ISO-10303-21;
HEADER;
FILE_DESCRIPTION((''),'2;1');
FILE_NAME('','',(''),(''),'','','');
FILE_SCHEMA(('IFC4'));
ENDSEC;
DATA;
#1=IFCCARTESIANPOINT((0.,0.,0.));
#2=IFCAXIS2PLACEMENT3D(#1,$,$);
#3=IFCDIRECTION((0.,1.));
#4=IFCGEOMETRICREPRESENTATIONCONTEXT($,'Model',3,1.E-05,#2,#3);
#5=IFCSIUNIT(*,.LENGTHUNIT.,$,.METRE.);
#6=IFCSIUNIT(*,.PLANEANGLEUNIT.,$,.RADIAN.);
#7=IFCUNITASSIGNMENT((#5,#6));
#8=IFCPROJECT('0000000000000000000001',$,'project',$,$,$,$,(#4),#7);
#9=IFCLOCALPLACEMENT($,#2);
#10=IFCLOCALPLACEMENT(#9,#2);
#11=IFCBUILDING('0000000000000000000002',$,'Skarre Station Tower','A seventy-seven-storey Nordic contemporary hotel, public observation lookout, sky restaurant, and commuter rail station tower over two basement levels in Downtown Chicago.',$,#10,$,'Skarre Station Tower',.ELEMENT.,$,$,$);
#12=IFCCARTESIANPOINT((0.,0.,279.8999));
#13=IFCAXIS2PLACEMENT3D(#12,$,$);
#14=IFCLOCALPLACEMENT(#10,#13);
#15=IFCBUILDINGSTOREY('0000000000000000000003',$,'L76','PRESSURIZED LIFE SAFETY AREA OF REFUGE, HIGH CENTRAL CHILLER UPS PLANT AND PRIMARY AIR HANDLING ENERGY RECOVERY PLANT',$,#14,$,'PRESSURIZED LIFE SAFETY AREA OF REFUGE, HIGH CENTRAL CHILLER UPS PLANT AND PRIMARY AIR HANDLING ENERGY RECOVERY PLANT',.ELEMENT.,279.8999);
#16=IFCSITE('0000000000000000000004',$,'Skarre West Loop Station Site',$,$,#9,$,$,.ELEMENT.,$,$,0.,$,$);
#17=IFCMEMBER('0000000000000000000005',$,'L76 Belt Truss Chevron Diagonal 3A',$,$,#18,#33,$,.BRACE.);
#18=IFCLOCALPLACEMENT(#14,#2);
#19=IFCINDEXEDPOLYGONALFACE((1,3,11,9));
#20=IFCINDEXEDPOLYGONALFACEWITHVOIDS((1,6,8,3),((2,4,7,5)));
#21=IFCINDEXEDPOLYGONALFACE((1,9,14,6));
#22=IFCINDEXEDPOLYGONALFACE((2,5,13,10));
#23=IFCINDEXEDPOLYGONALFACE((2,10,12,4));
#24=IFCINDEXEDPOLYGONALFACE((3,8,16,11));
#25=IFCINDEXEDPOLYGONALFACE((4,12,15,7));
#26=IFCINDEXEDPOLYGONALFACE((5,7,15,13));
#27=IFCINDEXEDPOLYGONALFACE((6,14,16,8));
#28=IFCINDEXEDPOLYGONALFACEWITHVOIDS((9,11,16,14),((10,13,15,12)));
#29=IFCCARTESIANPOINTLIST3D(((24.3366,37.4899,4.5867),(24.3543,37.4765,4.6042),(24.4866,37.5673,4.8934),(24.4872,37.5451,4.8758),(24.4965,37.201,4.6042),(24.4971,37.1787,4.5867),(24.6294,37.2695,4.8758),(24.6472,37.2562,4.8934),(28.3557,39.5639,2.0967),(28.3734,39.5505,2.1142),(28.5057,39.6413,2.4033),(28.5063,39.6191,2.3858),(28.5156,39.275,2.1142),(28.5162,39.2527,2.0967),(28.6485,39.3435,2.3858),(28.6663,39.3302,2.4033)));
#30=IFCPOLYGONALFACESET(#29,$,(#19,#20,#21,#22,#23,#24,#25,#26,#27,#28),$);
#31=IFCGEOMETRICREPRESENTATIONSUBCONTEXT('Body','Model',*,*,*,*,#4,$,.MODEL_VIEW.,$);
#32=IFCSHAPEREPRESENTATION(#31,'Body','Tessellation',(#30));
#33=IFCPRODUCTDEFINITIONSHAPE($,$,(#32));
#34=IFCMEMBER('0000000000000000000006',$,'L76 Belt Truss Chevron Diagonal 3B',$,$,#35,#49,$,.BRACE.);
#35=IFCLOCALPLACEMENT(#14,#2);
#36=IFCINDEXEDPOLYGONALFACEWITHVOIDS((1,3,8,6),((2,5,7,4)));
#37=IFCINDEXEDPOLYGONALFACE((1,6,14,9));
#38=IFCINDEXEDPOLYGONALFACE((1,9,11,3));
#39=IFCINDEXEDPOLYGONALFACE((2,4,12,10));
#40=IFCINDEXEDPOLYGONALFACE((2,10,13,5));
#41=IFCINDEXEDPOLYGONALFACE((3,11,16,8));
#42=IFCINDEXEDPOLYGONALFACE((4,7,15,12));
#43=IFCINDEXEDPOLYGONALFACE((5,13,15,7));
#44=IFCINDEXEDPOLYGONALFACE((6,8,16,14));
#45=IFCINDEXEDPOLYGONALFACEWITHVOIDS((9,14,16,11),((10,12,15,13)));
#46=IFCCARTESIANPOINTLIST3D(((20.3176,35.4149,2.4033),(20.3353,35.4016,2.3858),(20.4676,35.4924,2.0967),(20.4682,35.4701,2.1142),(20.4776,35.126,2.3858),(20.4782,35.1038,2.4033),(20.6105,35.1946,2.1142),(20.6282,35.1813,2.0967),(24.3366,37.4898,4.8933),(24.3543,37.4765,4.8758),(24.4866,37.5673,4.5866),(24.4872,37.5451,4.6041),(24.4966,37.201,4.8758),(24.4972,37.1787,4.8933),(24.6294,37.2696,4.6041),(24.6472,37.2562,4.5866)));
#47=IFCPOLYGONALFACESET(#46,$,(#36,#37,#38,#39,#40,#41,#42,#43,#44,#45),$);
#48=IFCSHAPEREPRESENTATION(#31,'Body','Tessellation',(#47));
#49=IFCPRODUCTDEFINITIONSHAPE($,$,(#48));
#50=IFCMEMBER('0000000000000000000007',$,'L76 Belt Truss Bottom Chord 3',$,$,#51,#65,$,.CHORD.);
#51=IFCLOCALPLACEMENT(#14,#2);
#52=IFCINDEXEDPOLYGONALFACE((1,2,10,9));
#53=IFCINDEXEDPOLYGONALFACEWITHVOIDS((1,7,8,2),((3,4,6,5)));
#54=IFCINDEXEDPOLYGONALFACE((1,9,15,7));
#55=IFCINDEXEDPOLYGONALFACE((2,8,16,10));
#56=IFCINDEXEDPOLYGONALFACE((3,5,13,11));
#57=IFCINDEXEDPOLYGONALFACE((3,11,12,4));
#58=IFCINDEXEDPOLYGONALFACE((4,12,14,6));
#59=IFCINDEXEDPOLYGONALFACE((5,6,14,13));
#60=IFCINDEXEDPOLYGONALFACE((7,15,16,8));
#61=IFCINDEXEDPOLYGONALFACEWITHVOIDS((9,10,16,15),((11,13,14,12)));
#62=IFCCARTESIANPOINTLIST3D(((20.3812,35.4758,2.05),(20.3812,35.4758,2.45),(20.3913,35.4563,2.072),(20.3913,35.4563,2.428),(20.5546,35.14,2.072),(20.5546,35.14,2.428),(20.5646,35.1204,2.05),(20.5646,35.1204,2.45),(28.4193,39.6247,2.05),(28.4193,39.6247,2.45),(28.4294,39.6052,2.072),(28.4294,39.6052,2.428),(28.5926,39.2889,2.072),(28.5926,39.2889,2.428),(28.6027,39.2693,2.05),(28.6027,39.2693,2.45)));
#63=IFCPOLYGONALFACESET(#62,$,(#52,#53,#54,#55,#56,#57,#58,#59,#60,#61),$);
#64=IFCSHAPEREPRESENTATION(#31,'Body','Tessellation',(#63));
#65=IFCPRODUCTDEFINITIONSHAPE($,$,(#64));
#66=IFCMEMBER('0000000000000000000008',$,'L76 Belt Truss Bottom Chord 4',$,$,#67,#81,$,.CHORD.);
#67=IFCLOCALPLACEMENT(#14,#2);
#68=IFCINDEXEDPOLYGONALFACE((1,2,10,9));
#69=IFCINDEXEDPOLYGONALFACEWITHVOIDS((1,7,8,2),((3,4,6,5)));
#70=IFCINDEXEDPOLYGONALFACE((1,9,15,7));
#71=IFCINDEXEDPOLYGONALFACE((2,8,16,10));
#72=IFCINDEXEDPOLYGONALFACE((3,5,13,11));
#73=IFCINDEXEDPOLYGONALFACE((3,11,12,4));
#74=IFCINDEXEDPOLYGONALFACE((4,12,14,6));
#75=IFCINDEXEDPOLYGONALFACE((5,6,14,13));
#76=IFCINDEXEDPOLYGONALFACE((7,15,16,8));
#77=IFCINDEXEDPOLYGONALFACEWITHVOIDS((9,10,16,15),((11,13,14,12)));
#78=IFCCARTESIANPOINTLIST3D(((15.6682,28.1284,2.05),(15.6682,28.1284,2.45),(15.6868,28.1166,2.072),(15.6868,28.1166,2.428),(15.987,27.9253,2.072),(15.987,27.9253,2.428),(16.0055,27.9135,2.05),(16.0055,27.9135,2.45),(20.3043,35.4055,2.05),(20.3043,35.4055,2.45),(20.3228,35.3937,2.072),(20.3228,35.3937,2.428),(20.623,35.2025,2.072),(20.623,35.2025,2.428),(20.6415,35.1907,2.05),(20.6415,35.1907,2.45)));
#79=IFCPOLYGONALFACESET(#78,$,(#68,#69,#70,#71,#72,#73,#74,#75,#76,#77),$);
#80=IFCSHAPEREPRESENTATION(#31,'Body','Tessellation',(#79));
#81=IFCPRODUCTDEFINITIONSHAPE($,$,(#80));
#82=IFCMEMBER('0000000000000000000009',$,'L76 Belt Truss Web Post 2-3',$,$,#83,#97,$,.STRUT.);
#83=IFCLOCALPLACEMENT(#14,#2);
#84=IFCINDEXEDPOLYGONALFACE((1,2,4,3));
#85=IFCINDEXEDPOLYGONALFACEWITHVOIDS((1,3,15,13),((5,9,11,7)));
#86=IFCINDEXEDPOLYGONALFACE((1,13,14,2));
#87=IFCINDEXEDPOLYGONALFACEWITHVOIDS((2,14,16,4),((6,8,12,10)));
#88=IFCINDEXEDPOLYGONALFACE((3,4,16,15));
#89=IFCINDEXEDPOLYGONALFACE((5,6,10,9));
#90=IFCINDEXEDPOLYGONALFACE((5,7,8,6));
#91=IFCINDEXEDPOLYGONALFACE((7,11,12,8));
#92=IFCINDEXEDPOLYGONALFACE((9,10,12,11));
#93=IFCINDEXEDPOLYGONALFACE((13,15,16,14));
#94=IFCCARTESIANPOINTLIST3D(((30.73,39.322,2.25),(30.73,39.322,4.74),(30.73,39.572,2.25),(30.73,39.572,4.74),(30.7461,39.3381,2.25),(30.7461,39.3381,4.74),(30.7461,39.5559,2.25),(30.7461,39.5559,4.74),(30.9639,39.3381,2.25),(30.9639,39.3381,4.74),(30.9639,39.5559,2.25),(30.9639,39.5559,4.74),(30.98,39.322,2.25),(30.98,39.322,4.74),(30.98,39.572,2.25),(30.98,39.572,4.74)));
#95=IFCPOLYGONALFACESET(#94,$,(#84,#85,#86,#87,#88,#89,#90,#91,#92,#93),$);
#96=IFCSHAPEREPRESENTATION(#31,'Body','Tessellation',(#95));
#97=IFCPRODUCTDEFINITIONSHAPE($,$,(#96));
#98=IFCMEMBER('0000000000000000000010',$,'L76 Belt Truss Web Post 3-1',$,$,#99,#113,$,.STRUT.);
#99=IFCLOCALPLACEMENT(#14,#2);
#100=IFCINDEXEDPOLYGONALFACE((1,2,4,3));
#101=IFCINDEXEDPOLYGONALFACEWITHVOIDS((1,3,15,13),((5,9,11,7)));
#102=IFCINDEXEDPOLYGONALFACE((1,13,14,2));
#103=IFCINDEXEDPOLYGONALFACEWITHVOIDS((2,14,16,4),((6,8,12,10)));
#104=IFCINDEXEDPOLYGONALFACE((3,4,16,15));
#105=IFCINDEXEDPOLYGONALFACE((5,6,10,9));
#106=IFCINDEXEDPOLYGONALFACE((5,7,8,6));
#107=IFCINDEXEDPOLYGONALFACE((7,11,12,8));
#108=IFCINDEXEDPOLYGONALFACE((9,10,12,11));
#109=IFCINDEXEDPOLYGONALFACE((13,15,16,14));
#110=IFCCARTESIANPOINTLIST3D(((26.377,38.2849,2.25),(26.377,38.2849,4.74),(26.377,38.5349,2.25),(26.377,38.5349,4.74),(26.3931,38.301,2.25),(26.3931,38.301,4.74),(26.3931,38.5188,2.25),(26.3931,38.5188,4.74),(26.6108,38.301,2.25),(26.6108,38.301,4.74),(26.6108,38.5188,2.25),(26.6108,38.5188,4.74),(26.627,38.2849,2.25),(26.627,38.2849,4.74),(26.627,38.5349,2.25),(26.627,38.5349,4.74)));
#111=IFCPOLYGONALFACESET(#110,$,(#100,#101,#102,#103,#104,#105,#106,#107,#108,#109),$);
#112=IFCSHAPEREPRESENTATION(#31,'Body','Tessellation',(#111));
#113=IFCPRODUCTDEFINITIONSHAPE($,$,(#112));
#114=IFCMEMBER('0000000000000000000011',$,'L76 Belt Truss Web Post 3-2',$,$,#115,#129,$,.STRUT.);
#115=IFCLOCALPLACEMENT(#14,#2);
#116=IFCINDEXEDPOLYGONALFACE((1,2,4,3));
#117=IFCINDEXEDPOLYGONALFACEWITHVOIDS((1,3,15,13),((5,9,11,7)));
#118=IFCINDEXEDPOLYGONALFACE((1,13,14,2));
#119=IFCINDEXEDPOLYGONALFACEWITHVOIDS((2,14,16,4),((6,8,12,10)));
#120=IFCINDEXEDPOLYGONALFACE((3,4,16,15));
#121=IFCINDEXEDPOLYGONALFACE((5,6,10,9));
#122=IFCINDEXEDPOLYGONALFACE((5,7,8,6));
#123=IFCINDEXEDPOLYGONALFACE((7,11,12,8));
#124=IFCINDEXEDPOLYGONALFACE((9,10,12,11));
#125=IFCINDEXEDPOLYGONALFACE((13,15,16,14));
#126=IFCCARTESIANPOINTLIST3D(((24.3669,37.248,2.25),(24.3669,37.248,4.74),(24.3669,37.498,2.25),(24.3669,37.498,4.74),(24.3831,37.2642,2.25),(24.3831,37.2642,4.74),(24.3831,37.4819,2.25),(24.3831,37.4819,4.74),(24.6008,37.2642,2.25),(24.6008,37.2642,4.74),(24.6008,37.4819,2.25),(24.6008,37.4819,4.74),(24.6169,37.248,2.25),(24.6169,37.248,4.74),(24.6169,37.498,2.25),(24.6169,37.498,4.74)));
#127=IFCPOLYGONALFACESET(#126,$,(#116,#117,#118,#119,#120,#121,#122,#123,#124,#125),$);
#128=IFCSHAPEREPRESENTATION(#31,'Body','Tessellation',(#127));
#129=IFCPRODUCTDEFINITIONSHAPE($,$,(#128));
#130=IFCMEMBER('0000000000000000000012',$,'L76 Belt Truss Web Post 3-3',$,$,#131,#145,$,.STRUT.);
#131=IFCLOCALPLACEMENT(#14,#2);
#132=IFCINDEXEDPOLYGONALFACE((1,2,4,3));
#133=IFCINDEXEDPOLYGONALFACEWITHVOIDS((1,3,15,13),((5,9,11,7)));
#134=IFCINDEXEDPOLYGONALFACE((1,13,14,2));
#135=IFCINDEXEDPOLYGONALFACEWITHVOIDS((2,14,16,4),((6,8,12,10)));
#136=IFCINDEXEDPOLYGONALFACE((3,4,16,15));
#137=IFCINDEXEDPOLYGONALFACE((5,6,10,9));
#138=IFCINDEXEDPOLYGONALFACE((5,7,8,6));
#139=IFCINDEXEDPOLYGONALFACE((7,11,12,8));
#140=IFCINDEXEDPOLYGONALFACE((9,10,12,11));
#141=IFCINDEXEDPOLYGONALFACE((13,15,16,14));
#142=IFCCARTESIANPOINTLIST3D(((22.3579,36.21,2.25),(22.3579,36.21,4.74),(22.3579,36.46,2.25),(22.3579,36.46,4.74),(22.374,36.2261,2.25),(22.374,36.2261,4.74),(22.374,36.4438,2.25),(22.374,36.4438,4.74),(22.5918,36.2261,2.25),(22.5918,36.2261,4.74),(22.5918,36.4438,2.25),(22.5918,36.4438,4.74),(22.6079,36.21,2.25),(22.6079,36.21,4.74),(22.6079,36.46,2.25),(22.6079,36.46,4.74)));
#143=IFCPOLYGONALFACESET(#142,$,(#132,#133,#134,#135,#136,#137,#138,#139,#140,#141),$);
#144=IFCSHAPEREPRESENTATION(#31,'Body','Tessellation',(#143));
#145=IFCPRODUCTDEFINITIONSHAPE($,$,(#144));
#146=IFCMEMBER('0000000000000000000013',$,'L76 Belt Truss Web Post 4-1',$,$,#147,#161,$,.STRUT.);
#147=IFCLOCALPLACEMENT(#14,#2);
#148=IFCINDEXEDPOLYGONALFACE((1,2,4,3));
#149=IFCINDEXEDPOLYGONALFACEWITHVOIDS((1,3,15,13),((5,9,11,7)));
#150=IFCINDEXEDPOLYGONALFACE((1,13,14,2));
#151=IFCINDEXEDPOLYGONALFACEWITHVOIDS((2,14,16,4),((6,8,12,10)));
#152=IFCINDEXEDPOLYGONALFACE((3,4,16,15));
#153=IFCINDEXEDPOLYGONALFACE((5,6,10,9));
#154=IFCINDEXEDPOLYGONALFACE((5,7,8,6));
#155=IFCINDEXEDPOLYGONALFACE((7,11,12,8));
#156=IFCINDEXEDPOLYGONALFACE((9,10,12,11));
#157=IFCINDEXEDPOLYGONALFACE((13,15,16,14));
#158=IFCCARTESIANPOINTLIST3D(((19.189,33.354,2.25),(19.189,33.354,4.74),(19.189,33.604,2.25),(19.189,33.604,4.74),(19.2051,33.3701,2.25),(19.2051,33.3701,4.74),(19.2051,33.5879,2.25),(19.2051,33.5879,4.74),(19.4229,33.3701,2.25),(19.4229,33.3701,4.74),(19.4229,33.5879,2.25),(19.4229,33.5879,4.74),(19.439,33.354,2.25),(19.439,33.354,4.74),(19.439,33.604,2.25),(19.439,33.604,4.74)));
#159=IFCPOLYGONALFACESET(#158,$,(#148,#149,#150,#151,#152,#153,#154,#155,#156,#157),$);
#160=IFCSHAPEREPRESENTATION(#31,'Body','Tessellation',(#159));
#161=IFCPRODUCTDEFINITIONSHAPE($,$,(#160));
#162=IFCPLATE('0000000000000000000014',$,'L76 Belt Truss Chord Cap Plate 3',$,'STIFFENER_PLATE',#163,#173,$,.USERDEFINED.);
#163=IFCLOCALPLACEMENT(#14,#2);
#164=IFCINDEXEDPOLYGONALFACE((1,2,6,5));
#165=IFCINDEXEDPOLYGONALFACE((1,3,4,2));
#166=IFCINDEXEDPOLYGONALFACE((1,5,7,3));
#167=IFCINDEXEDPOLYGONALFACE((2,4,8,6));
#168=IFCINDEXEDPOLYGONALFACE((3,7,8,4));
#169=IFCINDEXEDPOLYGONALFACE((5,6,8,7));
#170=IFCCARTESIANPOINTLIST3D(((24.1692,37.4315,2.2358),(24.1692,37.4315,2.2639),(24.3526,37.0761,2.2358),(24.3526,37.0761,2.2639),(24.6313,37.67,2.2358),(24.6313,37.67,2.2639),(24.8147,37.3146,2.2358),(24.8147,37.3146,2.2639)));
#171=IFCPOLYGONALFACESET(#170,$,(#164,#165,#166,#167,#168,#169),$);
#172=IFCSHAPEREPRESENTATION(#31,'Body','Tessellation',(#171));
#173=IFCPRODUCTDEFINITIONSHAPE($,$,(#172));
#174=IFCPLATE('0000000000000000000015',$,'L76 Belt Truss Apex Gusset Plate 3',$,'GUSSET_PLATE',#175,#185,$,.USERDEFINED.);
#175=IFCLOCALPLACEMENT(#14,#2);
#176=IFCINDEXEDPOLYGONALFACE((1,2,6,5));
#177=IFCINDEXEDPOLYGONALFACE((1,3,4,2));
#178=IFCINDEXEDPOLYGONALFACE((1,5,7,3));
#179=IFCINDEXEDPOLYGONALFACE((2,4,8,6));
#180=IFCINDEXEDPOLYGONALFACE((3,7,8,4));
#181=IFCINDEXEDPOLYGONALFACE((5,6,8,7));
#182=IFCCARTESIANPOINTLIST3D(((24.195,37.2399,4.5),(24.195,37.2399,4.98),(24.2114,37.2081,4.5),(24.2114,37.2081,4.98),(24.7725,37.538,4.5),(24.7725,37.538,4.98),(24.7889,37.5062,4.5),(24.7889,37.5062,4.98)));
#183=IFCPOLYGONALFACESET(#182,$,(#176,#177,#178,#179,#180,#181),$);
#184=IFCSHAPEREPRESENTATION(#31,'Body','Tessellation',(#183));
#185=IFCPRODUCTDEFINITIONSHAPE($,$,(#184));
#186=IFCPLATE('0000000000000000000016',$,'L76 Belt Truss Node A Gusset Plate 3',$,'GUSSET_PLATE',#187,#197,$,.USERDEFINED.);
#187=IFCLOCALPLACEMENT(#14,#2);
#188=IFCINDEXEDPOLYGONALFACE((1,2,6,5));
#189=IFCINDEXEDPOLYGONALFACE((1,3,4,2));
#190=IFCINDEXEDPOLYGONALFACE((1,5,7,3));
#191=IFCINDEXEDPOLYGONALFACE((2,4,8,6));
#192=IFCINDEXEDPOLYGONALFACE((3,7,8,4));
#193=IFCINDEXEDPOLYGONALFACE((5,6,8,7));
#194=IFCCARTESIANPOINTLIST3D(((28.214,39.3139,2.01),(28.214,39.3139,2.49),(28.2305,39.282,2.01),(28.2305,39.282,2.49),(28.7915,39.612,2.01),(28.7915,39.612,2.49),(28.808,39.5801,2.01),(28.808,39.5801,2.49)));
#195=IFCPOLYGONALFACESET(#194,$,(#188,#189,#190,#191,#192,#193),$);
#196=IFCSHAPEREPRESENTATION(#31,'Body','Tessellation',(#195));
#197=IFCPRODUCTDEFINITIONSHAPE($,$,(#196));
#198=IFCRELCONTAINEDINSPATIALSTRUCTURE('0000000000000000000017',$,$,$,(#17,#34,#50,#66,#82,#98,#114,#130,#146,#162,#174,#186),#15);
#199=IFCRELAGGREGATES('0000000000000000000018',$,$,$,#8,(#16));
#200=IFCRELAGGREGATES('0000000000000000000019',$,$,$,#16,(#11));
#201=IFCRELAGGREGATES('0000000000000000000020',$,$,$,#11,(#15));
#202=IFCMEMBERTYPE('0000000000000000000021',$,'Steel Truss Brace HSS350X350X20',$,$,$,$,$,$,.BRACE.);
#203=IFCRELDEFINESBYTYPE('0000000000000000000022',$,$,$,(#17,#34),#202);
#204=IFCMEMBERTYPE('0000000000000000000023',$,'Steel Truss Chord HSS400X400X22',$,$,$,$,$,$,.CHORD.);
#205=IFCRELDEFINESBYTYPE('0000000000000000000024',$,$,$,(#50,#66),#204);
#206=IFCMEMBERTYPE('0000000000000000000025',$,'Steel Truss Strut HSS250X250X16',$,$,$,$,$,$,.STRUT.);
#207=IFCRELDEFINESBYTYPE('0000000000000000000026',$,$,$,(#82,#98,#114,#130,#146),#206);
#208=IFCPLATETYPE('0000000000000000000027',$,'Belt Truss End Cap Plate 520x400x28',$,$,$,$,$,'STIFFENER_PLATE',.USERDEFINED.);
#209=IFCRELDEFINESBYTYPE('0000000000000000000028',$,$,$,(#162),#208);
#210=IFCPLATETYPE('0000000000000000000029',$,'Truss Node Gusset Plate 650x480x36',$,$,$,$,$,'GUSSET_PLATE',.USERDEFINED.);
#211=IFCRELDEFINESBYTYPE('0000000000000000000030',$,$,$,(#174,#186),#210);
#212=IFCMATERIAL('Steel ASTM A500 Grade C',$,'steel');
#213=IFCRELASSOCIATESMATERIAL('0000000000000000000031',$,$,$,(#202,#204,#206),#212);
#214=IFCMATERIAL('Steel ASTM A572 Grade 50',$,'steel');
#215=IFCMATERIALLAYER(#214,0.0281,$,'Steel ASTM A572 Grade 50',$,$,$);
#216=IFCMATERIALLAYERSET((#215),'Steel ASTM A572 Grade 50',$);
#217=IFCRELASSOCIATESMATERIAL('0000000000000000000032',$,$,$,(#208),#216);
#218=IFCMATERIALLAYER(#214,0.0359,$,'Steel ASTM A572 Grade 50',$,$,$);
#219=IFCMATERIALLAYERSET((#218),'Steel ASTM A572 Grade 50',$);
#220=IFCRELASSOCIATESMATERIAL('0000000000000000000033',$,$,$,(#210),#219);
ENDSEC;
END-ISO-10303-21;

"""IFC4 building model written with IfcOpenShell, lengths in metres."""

from ifc_helpers import new_model, si_unit, direction, frame, origin, origin_2d, place, context, subcontext, project, spatial, rectangle, hollow_rectangle, extrude, material, layer, layer_set, material_profile, profile_set, type_object, element, save


model = new_model("IFC4")

# Units and contexts
model_context = context("Model", 3, precision=1e-05, world=origin(), true_north=direction((0.0, 1.0)))
body_context = subcontext(model_context, "Body", "Model", "MODEL_VIEW")
ifc_project = project(units=[si_unit("LENGTHUNIT", "METRE"), si_unit("PLANEANGLEUNIT", "RADIAN")], contexts=[model_context])

# Site, building, storey
site_placement = place(None, origin())
site = spatial("IfcSite", under=ifc_project, at=site_placement, Name="Skarre West Loop Station Site", CompositionType="ELEMENT", RefElevation=0.0)
building_placement = place(site_placement, origin())
building = spatial("IfcBuilding", under=site, at=building_placement, Name="Skarre Station Tower", Description="A seventy-seven-storey Nordic contemporary hotel, public observation lookout, sky restaurant, and commuter rail station tower over two basement levels in Downtown Chicago.", LongName="Skarre Station Tower", CompositionType="ELEMENT")
storey_placement = place(building_placement, frame((0.0, 0.0, 279.8999)))
storey = spatial("IfcBuildingStorey", under=building, at=storey_placement, Name="L76", Description="PRESSURIZED LIFE SAFETY AREA OF REFUGE, HIGH CENTRAL CHILLER UPS PLANT AND PRIMARY AIR HANDLING ENERGY RECOVERY PLANT", LongName="PRESSURIZED LIFE SAFETY AREA OF REFUGE, HIGH CENTRAL CHILLER UPS PLANT AND PRIMARY AIR HANDLING ENERGY RECOVERY PLANT", CompositionType="ELEMENT", Elevation=279.8999)

# Members
ifc_material_1 = material(Name="Steel ASTM A500 Grade C", Category="steel")
ifc_material_profile_1 = material_profile(ifc_material_1, hollow_rectangle(XDim=0.3501, YDim=0.3501, WallThickness=0.02, at=origin_2d()), Name="Steel ASTM A500 Grade C")
ifc_profile_set_1 = profile_set([ifc_material_profile_1], Name="Steel ASTM A500 Grade C")
member_type_1 = type_object("IfcMemberType", Name="Steel Truss Brace HSS350X350X20", PredefinedType="BRACE", material=ifc_profile_set_1)
member_1_placement = place(storey_placement, frame((28.511, 39.447, 2.25), z_axis=(-0.778467, -0.401718, 0.482298), x_axis=(0.458578, -0.888654, 0.0)))
element("IfcMember", 1, at=member_1_placement, inside=storey, type_object=member_type_1, Name="L76 Belt Truss Chevron Diagonal 3A", PredefinedType="BRACE", context=body_context, shape_type="SweptSolid", body=[
    extrude(hollow_rectangle(XDim=0.3501, YDim=0.3501, WallThickness=0.02, at=origin_2d()), origin(), (0.0, 0.0, 1.0), 5.1628),
])
member_2_placement = place(storey_placement, frame((20.4729, 35.2981, 2.25), z_axis=(0.778408, 0.401877, 0.482261), x_axis=(-0.458749, 0.888566, 0.0)))
element("IfcMember", 2, at=member_2_placement, inside=storey, type_object=member_type_1, Name="L76 Belt Truss Chevron Diagonal 3B", PredefinedType="BRACE", context=body_context, shape_type="SweptSolid", body=[
    extrude(hollow_rectangle(XDim=0.3501, YDim=0.3501, WallThickness=0.02, at=origin_2d()), origin(), (0.0, 0.0, 1.0), 5.1631),
])
ifc_material_profile_2 = material_profile(ifc_material_1, hollow_rectangle(XDim=0.3999, YDim=0.3999, WallThickness=0.022, at=origin_2d()), Name="Steel ASTM A500 Grade C")
ifc_profile_set_2 = profile_set([ifc_material_profile_2], Name="Steel ASTM A500 Grade C")
member_type_2 = type_object("IfcMemberType", Name="Steel Truss Chord HSS400X400X22", PredefinedType="CHORD", material=ifc_profile_set_2)
member_3_placement = place(storey_placement, frame((28.511, 39.447, 2.25), z_axis=(-0.88861, -0.458664, 0.0), x_axis=(0.458664, -0.88861, 0.0)))
element("IfcMember", 3, at=member_3_placement, inside=storey, type_object=member_type_2, Name="L76 Belt Truss Bottom Chord 3", PredefinedType="CHORD", context=body_context, shape_type="SweptSolid", body=[
    extrude(hollow_rectangle(XDim=0.3999, YDim=0.3999, WallThickness=0.022, at=origin_2d()), origin(), (0.0, 0.0, 1.0), 9.0457),
])
member_4_placement = place(storey_placement, frame((20.4729, 35.2981, 2.25), z_axis=(-0.537297, -0.843393, 0.0), x_axis=(0.843393, -0.537297, 0.0)))
element("IfcMember", 4, at=member_4_placement, inside=storey, type_object=member_type_2, Name="L76 Belt Truss Bottom Chord 4", PredefinedType="CHORD", context=body_context, shape_type="SweptSolid", body=[
    extrude(hollow_rectangle(XDim=0.3999, YDim=0.3999, WallThickness=0.022, at=origin_2d()), origin(), (0.0, 0.0, 1.0), 8.6284),
])
ifc_material_profile_3 = material_profile(ifc_material_1, hollow_rectangle(XDim=0.25, YDim=0.25, WallThickness=0.0161, at=origin_2d()), Name="Steel ASTM A500 Grade C")
ifc_profile_set_3 = profile_set([ifc_material_profile_3], Name="Steel ASTM A500 Grade C")
member_type_3 = type_object("IfcMemberType", Name="Steel Truss Strut HSS250X250X16", PredefinedType="STRUT", material=ifc_profile_set_3)
for number, where, z_axis, x_axis, name in (
    (5, (30.855, 39.447, 2.25), (0.0, 0.0, 1.0), (1.0, 0.0, 0.0), "L76 Belt Truss Web Post 2-3"),
    (6, (26.502, 38.4099, 2.25), (0.0, 0.0, 1.0), (1.0, 0.0, 0.0), "L76 Belt Truss Web Post 3-1"),
    (7, (24.4919, 37.373, 2.25), (0.0, 0.0, 1.0), (1.0, 0.0, 0.0), "L76 Belt Truss Web Post 3-2"),
    (8, (22.4829, 36.335, 2.25), (0.0, 0.0, 1.0), (1.0, 0.0, 0.0), "L76 Belt Truss Web Post 3-3"),
    (9, (19.314, 33.479, 2.25), (0.0, 0.0, 1.0), (1.0, 0.0, 0.0), "L76 Belt Truss Web Post 4-1"),
):
    element("IfcMember", number, at=place(storey_placement, frame(where, z_axis=z_axis, x_axis=x_axis)), inside=storey, type_object=member_type_3, Name=name, PredefinedType="STRUT", context=body_context, shape_type="SweptSolid", body=[
        extrude(hollow_rectangle(XDim=0.25, YDim=0.25, WallThickness=0.0161, at=origin_2d()), origin(), (0.0, 0.0, 1.0), 2.49),
    ])

# Plates
ifc_material_2 = material(Name="Steel ASTM A572 Grade 50", Category="steel")
ifc_layer_1 = layer(ifc_material_2, 0.0281, Name="Steel ASTM A572 Grade 50")
ifc_layer_set_1 = layer_set([ifc_layer_1], Name="Steel ASTM A572 Grade 50")
plate_type_1 = type_object("IfcPlateType", Name="Belt Truss End Cap Plate 520x400x28", ElementType="STIFFENER_PLATE", PredefinedType="USERDEFINED", material=ifc_layer_set_1)
plate_placement = place(storey_placement, frame((24.4919, 37.373, 2.2358), z_axis=(0.0, 0.0, 1.0), x_axis=(-0.888601, -0.458681, 0.0)))
element("IfcPlate", 10, at=plate_placement, inside=storey, type_object=plate_type_1, Name="L76 Belt Truss Chord Cap Plate 3", ObjectType="STIFFENER_PLATE", PredefinedType="USERDEFINED", context=body_context, shape_type="SweptSolid", body=[
    extrude(rectangle(XDim=0.52, YDim=0.3999, at=origin_2d()), origin(), (0.0, 0.0, 1.0), 0.0281),
])
ifc_layer_2 = layer(ifc_material_2, 0.0359, Name="Steel ASTM A572 Grade 50")
ifc_layer_set_2 = layer_set([ifc_layer_2], Name="Steel ASTM A572 Grade 50")
plate_type_2 = type_object("IfcPlateType", Name="Truss Node Gusset Plate 650x480x36", ElementType="GUSSET_PLATE", PredefinedType="USERDEFINED", material=ifc_layer_set_2)
for number, where, z_axis, x_axis, name in (
    (11, (24.4919, 37.373, 4.5), (0.0, 0.0, 1.0), (-0.888601, -0.458681, 0.0), "L76 Belt Truss Apex Gusset Plate 3"),
    (12, (28.511, 39.447, 2.01), (0.0, 0.0, 1.0), (-0.888601, -0.458681, 0.0), "L76 Belt Truss Node A Gusset Plate 3"),
):
    element("IfcPlate", number, at=place(storey_placement, frame(where, z_axis=z_axis, x_axis=x_axis)), inside=storey, type_object=plate_type_2, Name=name, ObjectType="GUSSET_PLATE", PredefinedType="USERDEFINED", context=body_context, shape_type="SweptSolid", body=[
        extrude(rectangle(XDim=0.6499, YDim=0.0359, at=origin_2d()), origin(), (0.0, 0.0, 1.0), 0.48),
    ])

save(model, "model.ifc")
